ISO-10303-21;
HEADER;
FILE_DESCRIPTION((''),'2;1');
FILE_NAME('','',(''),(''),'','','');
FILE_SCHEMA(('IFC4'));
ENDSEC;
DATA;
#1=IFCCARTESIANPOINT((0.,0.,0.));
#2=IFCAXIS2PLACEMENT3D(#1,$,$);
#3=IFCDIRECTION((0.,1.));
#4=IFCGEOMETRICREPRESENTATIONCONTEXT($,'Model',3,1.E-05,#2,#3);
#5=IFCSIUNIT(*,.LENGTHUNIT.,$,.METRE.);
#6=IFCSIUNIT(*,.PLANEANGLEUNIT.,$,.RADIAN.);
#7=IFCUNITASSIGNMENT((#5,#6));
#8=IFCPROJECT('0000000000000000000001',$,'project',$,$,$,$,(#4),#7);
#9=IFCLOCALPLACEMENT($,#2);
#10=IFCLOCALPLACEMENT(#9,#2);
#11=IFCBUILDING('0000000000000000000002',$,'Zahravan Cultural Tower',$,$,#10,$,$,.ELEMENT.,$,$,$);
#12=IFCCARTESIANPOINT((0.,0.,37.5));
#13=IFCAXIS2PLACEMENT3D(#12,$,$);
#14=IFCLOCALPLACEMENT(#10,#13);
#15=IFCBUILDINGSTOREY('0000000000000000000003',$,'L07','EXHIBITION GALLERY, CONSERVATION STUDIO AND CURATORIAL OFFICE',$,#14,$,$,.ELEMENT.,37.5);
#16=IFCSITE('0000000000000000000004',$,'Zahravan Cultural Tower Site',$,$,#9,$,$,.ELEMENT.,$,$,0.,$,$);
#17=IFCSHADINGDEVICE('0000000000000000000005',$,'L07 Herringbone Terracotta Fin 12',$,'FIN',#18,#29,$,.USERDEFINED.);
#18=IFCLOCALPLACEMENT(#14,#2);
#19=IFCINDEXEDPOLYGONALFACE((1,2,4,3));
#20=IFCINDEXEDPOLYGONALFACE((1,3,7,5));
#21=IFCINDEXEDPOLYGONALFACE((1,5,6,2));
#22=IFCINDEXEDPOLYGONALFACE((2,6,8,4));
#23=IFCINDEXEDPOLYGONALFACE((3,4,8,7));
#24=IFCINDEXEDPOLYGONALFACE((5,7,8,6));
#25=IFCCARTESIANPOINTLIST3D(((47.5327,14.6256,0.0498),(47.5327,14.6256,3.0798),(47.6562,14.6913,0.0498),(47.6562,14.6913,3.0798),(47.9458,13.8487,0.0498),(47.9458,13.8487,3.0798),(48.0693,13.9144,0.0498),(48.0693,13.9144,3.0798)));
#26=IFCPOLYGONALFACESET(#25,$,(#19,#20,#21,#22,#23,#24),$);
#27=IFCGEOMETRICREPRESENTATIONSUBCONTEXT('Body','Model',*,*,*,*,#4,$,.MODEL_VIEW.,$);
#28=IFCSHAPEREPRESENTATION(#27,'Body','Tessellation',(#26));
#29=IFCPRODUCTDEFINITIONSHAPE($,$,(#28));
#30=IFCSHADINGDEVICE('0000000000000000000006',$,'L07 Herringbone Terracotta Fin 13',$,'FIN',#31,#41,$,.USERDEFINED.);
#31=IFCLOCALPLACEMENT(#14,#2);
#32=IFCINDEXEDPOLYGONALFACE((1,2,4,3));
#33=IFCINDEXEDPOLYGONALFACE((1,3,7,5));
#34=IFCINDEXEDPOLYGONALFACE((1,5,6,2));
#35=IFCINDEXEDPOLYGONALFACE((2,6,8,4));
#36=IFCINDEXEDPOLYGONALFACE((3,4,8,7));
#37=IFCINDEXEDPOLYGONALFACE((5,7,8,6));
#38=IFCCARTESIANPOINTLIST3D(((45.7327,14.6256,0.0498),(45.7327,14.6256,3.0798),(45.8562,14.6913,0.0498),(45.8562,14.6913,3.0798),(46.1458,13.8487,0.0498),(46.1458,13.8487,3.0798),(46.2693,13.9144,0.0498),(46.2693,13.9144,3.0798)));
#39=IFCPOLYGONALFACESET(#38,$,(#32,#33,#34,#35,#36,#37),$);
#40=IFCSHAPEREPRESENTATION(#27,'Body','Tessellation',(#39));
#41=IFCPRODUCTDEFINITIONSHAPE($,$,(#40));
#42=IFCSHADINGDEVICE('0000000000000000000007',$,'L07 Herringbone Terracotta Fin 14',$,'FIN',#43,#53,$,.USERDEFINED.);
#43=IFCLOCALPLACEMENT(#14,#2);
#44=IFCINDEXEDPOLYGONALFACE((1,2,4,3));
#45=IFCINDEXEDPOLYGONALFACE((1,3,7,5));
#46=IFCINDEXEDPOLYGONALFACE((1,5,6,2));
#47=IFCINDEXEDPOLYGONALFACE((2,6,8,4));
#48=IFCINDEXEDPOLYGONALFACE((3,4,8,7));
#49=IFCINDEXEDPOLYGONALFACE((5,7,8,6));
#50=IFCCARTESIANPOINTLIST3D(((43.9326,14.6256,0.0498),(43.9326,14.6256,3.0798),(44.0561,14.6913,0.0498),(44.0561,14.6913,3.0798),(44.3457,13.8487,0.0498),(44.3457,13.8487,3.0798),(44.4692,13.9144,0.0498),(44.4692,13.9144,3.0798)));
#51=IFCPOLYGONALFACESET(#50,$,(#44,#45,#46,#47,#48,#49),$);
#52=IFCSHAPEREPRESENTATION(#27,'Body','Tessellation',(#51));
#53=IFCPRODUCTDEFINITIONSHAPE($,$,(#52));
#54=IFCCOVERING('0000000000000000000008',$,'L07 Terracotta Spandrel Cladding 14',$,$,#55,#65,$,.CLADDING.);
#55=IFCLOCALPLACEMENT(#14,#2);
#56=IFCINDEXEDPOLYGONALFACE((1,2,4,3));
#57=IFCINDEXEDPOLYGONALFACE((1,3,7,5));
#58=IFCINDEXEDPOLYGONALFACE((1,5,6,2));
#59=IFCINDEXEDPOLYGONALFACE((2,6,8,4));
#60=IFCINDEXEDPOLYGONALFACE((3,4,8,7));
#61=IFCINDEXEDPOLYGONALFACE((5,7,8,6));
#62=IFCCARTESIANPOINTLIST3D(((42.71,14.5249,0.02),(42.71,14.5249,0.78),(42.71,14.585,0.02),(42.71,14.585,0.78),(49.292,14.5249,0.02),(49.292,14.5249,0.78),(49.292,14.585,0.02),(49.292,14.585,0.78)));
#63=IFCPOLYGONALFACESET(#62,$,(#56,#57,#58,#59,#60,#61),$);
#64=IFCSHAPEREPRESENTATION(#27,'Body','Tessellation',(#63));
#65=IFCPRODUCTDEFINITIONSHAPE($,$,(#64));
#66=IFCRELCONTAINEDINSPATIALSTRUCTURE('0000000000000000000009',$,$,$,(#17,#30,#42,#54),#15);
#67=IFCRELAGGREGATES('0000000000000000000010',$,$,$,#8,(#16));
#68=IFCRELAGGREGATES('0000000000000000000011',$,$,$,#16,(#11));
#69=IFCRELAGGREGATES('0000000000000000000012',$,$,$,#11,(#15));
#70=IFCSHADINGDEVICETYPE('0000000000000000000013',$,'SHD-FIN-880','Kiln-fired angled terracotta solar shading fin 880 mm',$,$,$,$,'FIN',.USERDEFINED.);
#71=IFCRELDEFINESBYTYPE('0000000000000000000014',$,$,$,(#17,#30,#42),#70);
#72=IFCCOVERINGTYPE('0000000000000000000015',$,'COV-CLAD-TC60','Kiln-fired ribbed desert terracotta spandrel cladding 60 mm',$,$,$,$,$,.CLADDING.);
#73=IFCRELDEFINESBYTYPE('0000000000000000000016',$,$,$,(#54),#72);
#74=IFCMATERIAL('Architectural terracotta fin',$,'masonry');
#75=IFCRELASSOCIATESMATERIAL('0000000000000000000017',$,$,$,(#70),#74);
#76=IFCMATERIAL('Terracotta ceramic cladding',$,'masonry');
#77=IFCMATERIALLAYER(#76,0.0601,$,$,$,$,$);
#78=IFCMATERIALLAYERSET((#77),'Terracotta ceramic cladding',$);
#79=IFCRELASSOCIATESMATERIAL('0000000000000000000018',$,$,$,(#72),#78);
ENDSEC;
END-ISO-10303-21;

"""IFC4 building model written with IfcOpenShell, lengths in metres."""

from ifc_helpers import new_model, si_unit, direction, frame, origin, origin_2d, place, context, subcontext, project, spatial, rectangle, extrude, source, transform, mapped, material, layer, layer_set, type_object, element, save


model = new_model("IFC4")

# Units and contexts
model_context = context("Model", 3, precision=1e-05, world=origin(), true_north=direction((0.0, 1.0)))
body_context = subcontext(model_context, "Body", "Model", "MODEL_VIEW")
ifc_project = project(units=[si_unit("LENGTHUNIT", "METRE"), si_unit("PLANEANGLEUNIT", "RADIAN")], contexts=[model_context])

# Site, building, storey
site_placement = place(None, origin())
site = spatial("IfcSite", under=ifc_project, at=site_placement, Name="Zahravan Cultural Tower Site", CompositionType="ELEMENT", RefElevation=0.0)
building_placement = place(site_placement, origin())
building = spatial("IfcBuilding", under=site, at=building_placement, Name="Zahravan Cultural Tower", CompositionType="ELEMENT")
storey_placement = place(building_placement, frame((0.0, 0.0, 37.5)))
storey = spatial("IfcBuildingStorey", under=building, at=storey_placement, Name="L07", Description="EXHIBITION GALLERY, CONSERVATION STUDIO AND CURATORIAL OFFICE", CompositionType="ELEMENT", Elevation=37.5)

# Shading devices
ifc_material_1 = material(Name="Architectural terracotta fin", Category="masonry")
shading_device_type = type_object("IfcShadingDeviceType", Name="SHD-FIN-880", Description="Kiln-fired angled terracotta solar shading fin 880 mm", ElementType="FIN", PredefinedType="USERDEFINED", material=ifc_material_1)
shared_shape_1 = source(origin(), body_context, "Body", "SweptSolid", [
    extrude(rectangle(XDim=0.8799, YDim=0.1399, at=origin_2d()), origin(), (0.0, 0.0, 1.0), 3.03),
])
for number, where, z_axis, x_axis, name in (
    (1, (47.801, 14.27, 0.0498), (0.0, 0.0, 1.0), (0.469472, -0.882948, 0.0), "L07 Herringbone Terracotta Fin 12"),
    (2, (46.001, 14.27, 0.0498), (0.0, 0.0, 1.0), (0.469472, -0.882948, 0.0), "L07 Herringbone Terracotta Fin 13"),
    (3, (44.2009, 14.27, 0.0498), (0.0, 0.0, 1.0), (0.469472, -0.882948, 0.0), "L07 Herringbone Terracotta Fin 14"),
):
    element("IfcShadingDevice", number, at=place(storey_placement, frame(where, z_axis=z_axis, x_axis=x_axis)), inside=storey, type_object=shading_device_type, Name=name, ObjectType="FIN", PredefinedType="USERDEFINED", context=body_context, shape_type="MappedRepresentation", body=[
        mapped(shared_shape_1, transform((0.0, 0.0, 0.0), x_axis=(1.0, 0.0, 0.0), y_axis=(0.0, 1.0, 0.0), z_axis=(0.0, 0.0, 1.0), scale=1.0)),
    ])

# Covering
ifc_material_2 = material(Name="Terracotta ceramic cladding", Category="masonry")
ifc_layer_1 = layer(ifc_material_2, 0.0601)
ifc_layer_set_1 = layer_set([ifc_layer_1], Name="Terracotta ceramic cladding")
covering_type = type_object("IfcCoveringType", Name="COV-CLAD-TC60", Description="Kiln-fired ribbed desert terracotta spandrel cladding 60 mm", PredefinedType="CLADDING", material=ifc_layer_set_1)
shared_shape_2 = source(origin(), body_context, "Body", "SweptSolid", [
    extrude(rectangle(XDim=6.582, YDim=0.0601, at=origin_2d()), origin(), (0.0, 0.0, 1.0), 0.76),
])
covering_placement = place(storey_placement, frame((46.001, 14.5549, 0.02), z_axis=(0.0, 0.0, 1.0), x_axis=(-1.0, 0.0, 0.0)))
element("IfcCovering", 4, at=covering_placement, inside=storey, type_object=covering_type, Name="L07 Terracotta Spandrel Cladding 14", PredefinedType="CLADDING", context=body_context, shape_type="MappedRepresentation", body=[
    mapped(shared_shape_2, transform((0.0, 0.0, 0.0), x_axis=(1.0, 0.0, 0.0), y_axis=(0.0, 1.0, 0.0), z_axis=(0.0, 0.0, 1.0), scale=1.0)),
])

save(model, "model.ifc")
